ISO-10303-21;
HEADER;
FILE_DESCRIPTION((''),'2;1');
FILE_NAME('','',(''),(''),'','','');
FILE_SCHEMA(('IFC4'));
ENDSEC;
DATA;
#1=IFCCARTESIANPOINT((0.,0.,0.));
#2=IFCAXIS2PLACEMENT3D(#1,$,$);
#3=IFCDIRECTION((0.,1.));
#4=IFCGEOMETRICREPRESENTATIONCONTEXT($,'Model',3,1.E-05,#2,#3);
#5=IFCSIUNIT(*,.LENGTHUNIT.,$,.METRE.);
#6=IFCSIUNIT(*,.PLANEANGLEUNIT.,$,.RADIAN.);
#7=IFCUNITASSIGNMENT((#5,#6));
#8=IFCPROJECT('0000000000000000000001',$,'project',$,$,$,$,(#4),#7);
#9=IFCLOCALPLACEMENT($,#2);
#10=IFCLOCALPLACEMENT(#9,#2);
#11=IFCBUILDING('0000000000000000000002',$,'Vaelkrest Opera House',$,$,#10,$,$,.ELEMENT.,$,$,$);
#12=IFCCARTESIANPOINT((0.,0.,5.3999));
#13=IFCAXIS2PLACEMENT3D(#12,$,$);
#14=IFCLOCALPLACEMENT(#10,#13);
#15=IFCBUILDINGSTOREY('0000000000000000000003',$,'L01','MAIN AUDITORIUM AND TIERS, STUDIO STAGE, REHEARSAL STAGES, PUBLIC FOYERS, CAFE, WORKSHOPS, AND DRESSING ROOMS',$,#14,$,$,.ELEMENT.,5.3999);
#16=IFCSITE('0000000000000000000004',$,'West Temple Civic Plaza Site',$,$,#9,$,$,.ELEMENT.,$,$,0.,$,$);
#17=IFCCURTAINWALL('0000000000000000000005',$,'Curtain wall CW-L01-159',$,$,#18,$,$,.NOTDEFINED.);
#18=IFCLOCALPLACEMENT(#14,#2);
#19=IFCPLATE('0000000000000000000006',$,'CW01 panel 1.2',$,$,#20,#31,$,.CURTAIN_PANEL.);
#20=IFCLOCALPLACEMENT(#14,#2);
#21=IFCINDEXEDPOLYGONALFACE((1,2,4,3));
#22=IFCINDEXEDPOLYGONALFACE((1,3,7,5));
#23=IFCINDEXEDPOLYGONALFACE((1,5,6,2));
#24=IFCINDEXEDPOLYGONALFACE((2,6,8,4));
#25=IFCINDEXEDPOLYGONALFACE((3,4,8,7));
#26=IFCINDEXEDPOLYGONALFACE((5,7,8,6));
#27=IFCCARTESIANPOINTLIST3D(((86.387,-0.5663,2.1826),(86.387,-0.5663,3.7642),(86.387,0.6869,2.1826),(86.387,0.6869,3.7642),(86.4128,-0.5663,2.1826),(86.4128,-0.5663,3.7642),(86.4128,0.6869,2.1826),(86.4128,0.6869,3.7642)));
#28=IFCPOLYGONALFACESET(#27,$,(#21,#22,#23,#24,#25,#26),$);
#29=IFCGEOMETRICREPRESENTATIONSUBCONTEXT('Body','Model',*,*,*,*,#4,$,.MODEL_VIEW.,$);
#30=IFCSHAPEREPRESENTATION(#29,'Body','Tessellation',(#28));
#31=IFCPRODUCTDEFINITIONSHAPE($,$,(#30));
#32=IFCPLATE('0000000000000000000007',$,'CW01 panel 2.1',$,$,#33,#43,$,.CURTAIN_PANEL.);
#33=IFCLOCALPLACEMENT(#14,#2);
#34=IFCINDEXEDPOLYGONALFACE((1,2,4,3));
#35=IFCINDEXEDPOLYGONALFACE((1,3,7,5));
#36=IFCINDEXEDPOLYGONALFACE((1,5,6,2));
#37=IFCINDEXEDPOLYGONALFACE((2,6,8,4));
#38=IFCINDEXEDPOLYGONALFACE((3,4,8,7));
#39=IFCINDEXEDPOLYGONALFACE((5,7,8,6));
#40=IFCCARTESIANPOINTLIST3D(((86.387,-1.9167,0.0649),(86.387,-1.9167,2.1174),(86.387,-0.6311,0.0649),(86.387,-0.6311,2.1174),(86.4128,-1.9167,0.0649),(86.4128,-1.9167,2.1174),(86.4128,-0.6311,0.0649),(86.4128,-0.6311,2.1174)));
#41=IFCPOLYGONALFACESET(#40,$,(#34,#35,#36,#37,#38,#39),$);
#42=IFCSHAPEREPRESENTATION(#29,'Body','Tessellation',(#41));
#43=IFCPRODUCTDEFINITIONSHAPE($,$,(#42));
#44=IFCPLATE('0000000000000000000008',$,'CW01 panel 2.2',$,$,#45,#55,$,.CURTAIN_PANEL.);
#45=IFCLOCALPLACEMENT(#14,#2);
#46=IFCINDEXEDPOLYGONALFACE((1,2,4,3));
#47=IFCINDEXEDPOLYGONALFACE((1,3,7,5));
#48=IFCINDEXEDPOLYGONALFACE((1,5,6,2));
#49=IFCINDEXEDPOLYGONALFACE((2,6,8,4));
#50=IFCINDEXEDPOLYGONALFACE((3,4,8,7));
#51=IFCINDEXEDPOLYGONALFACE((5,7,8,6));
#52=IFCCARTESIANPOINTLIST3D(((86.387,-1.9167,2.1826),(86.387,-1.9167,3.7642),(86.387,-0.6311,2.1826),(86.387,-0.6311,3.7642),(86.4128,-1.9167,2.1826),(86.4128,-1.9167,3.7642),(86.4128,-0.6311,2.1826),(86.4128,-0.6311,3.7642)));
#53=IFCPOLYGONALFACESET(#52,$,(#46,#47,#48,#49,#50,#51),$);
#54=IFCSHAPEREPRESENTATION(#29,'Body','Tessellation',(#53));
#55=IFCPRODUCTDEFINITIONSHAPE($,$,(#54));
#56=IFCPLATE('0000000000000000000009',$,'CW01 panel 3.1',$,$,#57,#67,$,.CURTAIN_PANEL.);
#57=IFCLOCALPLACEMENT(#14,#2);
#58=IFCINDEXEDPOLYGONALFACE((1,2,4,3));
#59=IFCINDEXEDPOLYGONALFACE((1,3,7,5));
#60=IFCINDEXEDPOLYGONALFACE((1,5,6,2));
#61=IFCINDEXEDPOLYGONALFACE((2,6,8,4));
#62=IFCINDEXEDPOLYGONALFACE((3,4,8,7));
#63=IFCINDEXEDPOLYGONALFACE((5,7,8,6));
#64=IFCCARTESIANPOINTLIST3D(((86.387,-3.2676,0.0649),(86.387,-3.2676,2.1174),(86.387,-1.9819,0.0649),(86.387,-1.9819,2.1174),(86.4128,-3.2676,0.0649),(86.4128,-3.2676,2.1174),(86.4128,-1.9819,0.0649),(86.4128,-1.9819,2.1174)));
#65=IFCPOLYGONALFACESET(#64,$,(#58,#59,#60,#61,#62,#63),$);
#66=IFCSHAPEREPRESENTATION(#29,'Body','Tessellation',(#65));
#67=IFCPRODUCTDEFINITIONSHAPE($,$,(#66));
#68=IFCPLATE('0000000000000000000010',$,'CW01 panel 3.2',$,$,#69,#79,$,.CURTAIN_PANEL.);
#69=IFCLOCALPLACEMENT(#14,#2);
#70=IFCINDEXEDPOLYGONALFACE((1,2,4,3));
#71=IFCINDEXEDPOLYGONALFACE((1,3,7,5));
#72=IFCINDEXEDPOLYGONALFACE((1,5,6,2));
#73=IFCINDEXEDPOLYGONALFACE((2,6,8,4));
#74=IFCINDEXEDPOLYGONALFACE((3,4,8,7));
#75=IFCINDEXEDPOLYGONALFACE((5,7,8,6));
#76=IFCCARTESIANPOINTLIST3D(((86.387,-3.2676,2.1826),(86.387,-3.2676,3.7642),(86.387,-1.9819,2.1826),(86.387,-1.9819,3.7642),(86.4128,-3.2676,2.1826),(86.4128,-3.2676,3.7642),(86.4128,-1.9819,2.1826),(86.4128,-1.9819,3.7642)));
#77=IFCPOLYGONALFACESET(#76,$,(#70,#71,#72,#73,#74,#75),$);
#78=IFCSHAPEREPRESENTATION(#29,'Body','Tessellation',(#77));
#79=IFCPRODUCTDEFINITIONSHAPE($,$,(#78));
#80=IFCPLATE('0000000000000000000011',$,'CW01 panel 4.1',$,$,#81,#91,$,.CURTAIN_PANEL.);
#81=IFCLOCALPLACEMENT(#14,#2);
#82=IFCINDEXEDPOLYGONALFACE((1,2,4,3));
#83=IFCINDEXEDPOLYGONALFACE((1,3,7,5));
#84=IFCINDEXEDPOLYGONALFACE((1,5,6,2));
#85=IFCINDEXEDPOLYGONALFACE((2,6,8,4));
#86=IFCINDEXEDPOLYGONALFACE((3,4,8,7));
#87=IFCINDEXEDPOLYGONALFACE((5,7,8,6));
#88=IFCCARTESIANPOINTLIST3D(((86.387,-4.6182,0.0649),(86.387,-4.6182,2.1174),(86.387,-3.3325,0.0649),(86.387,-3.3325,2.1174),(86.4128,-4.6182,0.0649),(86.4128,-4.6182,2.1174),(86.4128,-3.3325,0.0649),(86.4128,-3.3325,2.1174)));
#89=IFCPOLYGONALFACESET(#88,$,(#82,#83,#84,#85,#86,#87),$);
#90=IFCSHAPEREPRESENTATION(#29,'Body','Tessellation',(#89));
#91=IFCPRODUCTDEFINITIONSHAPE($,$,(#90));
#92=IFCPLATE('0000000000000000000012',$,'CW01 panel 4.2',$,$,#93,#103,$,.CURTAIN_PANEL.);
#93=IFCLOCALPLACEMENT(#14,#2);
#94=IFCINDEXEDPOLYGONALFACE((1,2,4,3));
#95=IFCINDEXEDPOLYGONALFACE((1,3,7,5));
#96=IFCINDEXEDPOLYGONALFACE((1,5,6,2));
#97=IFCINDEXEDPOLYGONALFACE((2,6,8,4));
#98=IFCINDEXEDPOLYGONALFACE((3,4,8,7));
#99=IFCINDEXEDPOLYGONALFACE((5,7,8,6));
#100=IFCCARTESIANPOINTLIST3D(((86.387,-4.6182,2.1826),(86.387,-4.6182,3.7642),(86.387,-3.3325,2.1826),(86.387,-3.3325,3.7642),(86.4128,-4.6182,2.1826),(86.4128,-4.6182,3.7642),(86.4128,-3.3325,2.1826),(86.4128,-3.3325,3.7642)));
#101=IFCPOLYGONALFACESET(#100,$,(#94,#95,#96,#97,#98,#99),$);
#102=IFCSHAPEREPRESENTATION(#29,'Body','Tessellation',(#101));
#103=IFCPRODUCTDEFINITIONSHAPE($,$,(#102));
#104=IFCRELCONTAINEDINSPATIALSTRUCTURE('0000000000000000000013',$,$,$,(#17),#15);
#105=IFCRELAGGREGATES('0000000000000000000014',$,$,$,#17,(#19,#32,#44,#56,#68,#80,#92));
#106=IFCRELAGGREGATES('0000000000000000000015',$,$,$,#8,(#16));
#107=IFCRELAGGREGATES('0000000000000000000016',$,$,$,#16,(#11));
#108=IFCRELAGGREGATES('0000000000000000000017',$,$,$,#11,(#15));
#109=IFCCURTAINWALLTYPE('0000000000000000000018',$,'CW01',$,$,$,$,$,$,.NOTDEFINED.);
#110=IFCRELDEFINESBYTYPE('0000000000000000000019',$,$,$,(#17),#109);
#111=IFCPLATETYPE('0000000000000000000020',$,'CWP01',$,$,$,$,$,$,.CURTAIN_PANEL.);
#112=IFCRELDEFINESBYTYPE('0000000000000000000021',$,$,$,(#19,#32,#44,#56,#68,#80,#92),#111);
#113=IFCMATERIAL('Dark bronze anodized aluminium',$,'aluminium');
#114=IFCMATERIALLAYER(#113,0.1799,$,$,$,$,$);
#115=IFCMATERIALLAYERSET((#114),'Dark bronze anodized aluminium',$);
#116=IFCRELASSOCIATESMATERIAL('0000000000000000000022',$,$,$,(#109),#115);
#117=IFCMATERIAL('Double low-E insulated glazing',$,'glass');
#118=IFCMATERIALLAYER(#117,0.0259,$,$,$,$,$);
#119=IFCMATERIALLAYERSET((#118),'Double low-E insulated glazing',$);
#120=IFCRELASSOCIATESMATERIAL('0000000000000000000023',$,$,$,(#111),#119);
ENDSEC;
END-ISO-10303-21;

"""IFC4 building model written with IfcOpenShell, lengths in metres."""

from ifc_helpers import new_model, si_unit, direction, frame, origin, origin_2d, place, context, subcontext, project, spatial, rectangle, extrude, material, layer, layer_set, type_object, element, aggregate, save


model = new_model("IFC4")

# Units and contexts
model_context = context("Model", 3, precision=1e-05, world=origin(), true_north=direction((0.0, 1.0)))
body_context = subcontext(model_context, "Body", "Model", "MODEL_VIEW")
ifc_project = project(units=[si_unit("LENGTHUNIT", "METRE"), si_unit("PLANEANGLEUNIT", "RADIAN")], contexts=[model_context])

# Site, building, storey
site_placement = place(None, origin())
site = spatial("IfcSite", under=ifc_project, at=site_placement, Name="West Temple Civic Plaza Site", CompositionType="ELEMENT", RefElevation=0.0)
building_placement = place(site_placement, origin())
building = spatial("IfcBuilding", under=site, at=building_placement, Name="Vaelkrest Opera House", CompositionType="ELEMENT")
storey_placement = place(building_placement, frame((0.0, 0.0, 5.3999)))
storey = spatial("IfcBuildingStorey", under=building, at=storey_placement, Name="L01", Description="MAIN AUDITORIUM AND TIERS, STUDIO STAGE, REHEARSAL STAGES, PUBLIC FOYERS, CAFE, WORKSHOPS, AND DRESSING ROOMS", CompositionType="ELEMENT", Elevation=5.3999)

# Curtain wall, plates
ifc_material_1 = material(Name="Dark bronze anodized aluminium", Category="aluminium")
ifc_layer_1 = layer(ifc_material_1, 0.1799)
ifc_layer_set_1 = layer_set([ifc_layer_1], Name="Dark bronze anodized aluminium")
curtain_wall_type = type_object("IfcCurtainWallType", Name="CW01", PredefinedType="NOTDEFINED", material=ifc_layer_set_1)
curtain_wall_placement = place(storey_placement, origin())
curtain_wall = element("IfcCurtainWall", 1, at=curtain_wall_placement, inside=storey, type_object=curtain_wall_type, Name="Curtain wall CW-L01-159", PredefinedType="NOTDEFINED")
ifc_material_2 = material(Name="Double low-E insulated glazing", Category="glass")
ifc_layer_2 = layer(ifc_material_2, 0.0259)
ifc_layer_set_2 = layer_set([ifc_layer_2], Name="Double low-E insulated glazing")
plate_type = type_object("IfcPlateType", Name="CWP01", PredefinedType="CURTAIN_PANEL", material=ifc_layer_set_2)
plate_1_placement = place(storey_placement, frame((86.3999, 0.0603, 2.1826), z_axis=(0.0, 0.0, 1.0), x_axis=(0.0, -1.0, 0.0)))
plate_1 = element("IfcPlate", 2, at=plate_1_placement, type_object=plate_type, Name="CW01 panel 1.2", PredefinedType="CURTAIN_PANEL", context=body_context, shape_type="SweptSolid", body=[
    extrude(rectangle(XDim=1.2532, YDim=0.0259, at=origin_2d()), origin(), (0.0, 0.0, 1.0), 1.5815),
])
plate_2_placement = place(storey_placement, frame((86.3999, -1.2739, 0.0649), z_axis=(0.0, 0.0, 1.0), x_axis=(0.0, -1.0, 0.0)))
plate_2 = element("IfcPlate", 3, at=plate_2_placement, type_object=plate_type, Name="CW01 panel 2.1", PredefinedType="CURTAIN_PANEL", context=body_context, shape_type="SweptSolid", body=[
    extrude(rectangle(XDim=1.2856, YDim=0.0259, at=origin_2d()), origin(), (0.0, 0.0, 1.0), 2.0525),
])
plate_3_placement = place(storey_placement, frame((86.3999, -1.2739, 2.1826), z_axis=(0.0, 0.0, 1.0), x_axis=(0.0, -1.0, 0.0)))
plate_3 = element("IfcPlate", 4, at=plate_3_placement, type_object=plate_type, Name="CW01 panel 2.2", PredefinedType="CURTAIN_PANEL", context=body_context, shape_type="SweptSolid", body=[
    extrude(rectangle(XDim=1.2856, YDim=0.0259, at=origin_2d()), origin(), (0.0, 0.0, 1.0), 1.5815),
])
plate_4_placement = place(storey_placement, frame((86.3999, -2.6248, 0.0649), z_axis=(0.0, 0.0, 1.0), x_axis=(0.0, -1.0, 0.0)))
plate_4 = element("IfcPlate", 5, at=plate_4_placement, type_object=plate_type, Name="CW01 panel 3.1", PredefinedType="CURTAIN_PANEL", context=body_context, shape_type="SweptSolid", body=[
    extrude(rectangle(XDim=1.2856, YDim=0.0259, at=origin_2d()), origin(), (0.0, 0.0, 1.0), 2.0525),
])
plate_5_placement = place(storey_placement, frame((86.3999, -2.6248, 2.1826), z_axis=(0.0, 0.0, 1.0), x_axis=(0.0, -1.0, 0.0)))
plate_5 = element("IfcPlate", 6, at=plate_5_placement, type_object=plate_type, Name="CW01 panel 3.2", PredefinedType="CURTAIN_PANEL", context=body_context, shape_type="SweptSolid", body=[
    extrude(rectangle(XDim=1.2856, YDim=0.0259, at=origin_2d()), origin(), (0.0, 0.0, 1.0), 1.5815),
])
plate_6_placement = place(storey_placement, frame((86.3999, -3.9753, 0.0649), z_axis=(0.0, 0.0, 1.0), x_axis=(0.0, -1.0, 0.0)))
plate_6 = element("IfcPlate", 7, at=plate_6_placement, type_object=plate_type, Name="CW01 panel 4.1", PredefinedType="CURTAIN_PANEL", context=body_context, shape_type="SweptSolid", body=[
    extrude(rectangle(XDim=1.2856, YDim=0.0259, at=origin_2d()), origin(), (0.0, 0.0, 1.0), 2.0525),
])
plate_7_placement = place(storey_placement, frame((86.3999, -3.9753, 2.1826), z_axis=(0.0, 0.0, 1.0), x_axis=(0.0, -1.0, 0.0)))
plate_7 = element("IfcPlate", 8, at=plate_7_placement, type_object=plate_type, Name="CW01 panel 4.2", PredefinedType="CURTAIN_PANEL", context=body_context, shape_type="SweptSolid", body=[
    extrude(rectangle(XDim=1.2856, YDim=0.0259, at=origin_2d()), origin(), (0.0, 0.0, 1.0), 1.5815),
])
aggregate(curtain_wall, [plate_1, plate_2, plate_3, plate_4, plate_5, plate_6, plate_7])

save(model, "model.ifc")
